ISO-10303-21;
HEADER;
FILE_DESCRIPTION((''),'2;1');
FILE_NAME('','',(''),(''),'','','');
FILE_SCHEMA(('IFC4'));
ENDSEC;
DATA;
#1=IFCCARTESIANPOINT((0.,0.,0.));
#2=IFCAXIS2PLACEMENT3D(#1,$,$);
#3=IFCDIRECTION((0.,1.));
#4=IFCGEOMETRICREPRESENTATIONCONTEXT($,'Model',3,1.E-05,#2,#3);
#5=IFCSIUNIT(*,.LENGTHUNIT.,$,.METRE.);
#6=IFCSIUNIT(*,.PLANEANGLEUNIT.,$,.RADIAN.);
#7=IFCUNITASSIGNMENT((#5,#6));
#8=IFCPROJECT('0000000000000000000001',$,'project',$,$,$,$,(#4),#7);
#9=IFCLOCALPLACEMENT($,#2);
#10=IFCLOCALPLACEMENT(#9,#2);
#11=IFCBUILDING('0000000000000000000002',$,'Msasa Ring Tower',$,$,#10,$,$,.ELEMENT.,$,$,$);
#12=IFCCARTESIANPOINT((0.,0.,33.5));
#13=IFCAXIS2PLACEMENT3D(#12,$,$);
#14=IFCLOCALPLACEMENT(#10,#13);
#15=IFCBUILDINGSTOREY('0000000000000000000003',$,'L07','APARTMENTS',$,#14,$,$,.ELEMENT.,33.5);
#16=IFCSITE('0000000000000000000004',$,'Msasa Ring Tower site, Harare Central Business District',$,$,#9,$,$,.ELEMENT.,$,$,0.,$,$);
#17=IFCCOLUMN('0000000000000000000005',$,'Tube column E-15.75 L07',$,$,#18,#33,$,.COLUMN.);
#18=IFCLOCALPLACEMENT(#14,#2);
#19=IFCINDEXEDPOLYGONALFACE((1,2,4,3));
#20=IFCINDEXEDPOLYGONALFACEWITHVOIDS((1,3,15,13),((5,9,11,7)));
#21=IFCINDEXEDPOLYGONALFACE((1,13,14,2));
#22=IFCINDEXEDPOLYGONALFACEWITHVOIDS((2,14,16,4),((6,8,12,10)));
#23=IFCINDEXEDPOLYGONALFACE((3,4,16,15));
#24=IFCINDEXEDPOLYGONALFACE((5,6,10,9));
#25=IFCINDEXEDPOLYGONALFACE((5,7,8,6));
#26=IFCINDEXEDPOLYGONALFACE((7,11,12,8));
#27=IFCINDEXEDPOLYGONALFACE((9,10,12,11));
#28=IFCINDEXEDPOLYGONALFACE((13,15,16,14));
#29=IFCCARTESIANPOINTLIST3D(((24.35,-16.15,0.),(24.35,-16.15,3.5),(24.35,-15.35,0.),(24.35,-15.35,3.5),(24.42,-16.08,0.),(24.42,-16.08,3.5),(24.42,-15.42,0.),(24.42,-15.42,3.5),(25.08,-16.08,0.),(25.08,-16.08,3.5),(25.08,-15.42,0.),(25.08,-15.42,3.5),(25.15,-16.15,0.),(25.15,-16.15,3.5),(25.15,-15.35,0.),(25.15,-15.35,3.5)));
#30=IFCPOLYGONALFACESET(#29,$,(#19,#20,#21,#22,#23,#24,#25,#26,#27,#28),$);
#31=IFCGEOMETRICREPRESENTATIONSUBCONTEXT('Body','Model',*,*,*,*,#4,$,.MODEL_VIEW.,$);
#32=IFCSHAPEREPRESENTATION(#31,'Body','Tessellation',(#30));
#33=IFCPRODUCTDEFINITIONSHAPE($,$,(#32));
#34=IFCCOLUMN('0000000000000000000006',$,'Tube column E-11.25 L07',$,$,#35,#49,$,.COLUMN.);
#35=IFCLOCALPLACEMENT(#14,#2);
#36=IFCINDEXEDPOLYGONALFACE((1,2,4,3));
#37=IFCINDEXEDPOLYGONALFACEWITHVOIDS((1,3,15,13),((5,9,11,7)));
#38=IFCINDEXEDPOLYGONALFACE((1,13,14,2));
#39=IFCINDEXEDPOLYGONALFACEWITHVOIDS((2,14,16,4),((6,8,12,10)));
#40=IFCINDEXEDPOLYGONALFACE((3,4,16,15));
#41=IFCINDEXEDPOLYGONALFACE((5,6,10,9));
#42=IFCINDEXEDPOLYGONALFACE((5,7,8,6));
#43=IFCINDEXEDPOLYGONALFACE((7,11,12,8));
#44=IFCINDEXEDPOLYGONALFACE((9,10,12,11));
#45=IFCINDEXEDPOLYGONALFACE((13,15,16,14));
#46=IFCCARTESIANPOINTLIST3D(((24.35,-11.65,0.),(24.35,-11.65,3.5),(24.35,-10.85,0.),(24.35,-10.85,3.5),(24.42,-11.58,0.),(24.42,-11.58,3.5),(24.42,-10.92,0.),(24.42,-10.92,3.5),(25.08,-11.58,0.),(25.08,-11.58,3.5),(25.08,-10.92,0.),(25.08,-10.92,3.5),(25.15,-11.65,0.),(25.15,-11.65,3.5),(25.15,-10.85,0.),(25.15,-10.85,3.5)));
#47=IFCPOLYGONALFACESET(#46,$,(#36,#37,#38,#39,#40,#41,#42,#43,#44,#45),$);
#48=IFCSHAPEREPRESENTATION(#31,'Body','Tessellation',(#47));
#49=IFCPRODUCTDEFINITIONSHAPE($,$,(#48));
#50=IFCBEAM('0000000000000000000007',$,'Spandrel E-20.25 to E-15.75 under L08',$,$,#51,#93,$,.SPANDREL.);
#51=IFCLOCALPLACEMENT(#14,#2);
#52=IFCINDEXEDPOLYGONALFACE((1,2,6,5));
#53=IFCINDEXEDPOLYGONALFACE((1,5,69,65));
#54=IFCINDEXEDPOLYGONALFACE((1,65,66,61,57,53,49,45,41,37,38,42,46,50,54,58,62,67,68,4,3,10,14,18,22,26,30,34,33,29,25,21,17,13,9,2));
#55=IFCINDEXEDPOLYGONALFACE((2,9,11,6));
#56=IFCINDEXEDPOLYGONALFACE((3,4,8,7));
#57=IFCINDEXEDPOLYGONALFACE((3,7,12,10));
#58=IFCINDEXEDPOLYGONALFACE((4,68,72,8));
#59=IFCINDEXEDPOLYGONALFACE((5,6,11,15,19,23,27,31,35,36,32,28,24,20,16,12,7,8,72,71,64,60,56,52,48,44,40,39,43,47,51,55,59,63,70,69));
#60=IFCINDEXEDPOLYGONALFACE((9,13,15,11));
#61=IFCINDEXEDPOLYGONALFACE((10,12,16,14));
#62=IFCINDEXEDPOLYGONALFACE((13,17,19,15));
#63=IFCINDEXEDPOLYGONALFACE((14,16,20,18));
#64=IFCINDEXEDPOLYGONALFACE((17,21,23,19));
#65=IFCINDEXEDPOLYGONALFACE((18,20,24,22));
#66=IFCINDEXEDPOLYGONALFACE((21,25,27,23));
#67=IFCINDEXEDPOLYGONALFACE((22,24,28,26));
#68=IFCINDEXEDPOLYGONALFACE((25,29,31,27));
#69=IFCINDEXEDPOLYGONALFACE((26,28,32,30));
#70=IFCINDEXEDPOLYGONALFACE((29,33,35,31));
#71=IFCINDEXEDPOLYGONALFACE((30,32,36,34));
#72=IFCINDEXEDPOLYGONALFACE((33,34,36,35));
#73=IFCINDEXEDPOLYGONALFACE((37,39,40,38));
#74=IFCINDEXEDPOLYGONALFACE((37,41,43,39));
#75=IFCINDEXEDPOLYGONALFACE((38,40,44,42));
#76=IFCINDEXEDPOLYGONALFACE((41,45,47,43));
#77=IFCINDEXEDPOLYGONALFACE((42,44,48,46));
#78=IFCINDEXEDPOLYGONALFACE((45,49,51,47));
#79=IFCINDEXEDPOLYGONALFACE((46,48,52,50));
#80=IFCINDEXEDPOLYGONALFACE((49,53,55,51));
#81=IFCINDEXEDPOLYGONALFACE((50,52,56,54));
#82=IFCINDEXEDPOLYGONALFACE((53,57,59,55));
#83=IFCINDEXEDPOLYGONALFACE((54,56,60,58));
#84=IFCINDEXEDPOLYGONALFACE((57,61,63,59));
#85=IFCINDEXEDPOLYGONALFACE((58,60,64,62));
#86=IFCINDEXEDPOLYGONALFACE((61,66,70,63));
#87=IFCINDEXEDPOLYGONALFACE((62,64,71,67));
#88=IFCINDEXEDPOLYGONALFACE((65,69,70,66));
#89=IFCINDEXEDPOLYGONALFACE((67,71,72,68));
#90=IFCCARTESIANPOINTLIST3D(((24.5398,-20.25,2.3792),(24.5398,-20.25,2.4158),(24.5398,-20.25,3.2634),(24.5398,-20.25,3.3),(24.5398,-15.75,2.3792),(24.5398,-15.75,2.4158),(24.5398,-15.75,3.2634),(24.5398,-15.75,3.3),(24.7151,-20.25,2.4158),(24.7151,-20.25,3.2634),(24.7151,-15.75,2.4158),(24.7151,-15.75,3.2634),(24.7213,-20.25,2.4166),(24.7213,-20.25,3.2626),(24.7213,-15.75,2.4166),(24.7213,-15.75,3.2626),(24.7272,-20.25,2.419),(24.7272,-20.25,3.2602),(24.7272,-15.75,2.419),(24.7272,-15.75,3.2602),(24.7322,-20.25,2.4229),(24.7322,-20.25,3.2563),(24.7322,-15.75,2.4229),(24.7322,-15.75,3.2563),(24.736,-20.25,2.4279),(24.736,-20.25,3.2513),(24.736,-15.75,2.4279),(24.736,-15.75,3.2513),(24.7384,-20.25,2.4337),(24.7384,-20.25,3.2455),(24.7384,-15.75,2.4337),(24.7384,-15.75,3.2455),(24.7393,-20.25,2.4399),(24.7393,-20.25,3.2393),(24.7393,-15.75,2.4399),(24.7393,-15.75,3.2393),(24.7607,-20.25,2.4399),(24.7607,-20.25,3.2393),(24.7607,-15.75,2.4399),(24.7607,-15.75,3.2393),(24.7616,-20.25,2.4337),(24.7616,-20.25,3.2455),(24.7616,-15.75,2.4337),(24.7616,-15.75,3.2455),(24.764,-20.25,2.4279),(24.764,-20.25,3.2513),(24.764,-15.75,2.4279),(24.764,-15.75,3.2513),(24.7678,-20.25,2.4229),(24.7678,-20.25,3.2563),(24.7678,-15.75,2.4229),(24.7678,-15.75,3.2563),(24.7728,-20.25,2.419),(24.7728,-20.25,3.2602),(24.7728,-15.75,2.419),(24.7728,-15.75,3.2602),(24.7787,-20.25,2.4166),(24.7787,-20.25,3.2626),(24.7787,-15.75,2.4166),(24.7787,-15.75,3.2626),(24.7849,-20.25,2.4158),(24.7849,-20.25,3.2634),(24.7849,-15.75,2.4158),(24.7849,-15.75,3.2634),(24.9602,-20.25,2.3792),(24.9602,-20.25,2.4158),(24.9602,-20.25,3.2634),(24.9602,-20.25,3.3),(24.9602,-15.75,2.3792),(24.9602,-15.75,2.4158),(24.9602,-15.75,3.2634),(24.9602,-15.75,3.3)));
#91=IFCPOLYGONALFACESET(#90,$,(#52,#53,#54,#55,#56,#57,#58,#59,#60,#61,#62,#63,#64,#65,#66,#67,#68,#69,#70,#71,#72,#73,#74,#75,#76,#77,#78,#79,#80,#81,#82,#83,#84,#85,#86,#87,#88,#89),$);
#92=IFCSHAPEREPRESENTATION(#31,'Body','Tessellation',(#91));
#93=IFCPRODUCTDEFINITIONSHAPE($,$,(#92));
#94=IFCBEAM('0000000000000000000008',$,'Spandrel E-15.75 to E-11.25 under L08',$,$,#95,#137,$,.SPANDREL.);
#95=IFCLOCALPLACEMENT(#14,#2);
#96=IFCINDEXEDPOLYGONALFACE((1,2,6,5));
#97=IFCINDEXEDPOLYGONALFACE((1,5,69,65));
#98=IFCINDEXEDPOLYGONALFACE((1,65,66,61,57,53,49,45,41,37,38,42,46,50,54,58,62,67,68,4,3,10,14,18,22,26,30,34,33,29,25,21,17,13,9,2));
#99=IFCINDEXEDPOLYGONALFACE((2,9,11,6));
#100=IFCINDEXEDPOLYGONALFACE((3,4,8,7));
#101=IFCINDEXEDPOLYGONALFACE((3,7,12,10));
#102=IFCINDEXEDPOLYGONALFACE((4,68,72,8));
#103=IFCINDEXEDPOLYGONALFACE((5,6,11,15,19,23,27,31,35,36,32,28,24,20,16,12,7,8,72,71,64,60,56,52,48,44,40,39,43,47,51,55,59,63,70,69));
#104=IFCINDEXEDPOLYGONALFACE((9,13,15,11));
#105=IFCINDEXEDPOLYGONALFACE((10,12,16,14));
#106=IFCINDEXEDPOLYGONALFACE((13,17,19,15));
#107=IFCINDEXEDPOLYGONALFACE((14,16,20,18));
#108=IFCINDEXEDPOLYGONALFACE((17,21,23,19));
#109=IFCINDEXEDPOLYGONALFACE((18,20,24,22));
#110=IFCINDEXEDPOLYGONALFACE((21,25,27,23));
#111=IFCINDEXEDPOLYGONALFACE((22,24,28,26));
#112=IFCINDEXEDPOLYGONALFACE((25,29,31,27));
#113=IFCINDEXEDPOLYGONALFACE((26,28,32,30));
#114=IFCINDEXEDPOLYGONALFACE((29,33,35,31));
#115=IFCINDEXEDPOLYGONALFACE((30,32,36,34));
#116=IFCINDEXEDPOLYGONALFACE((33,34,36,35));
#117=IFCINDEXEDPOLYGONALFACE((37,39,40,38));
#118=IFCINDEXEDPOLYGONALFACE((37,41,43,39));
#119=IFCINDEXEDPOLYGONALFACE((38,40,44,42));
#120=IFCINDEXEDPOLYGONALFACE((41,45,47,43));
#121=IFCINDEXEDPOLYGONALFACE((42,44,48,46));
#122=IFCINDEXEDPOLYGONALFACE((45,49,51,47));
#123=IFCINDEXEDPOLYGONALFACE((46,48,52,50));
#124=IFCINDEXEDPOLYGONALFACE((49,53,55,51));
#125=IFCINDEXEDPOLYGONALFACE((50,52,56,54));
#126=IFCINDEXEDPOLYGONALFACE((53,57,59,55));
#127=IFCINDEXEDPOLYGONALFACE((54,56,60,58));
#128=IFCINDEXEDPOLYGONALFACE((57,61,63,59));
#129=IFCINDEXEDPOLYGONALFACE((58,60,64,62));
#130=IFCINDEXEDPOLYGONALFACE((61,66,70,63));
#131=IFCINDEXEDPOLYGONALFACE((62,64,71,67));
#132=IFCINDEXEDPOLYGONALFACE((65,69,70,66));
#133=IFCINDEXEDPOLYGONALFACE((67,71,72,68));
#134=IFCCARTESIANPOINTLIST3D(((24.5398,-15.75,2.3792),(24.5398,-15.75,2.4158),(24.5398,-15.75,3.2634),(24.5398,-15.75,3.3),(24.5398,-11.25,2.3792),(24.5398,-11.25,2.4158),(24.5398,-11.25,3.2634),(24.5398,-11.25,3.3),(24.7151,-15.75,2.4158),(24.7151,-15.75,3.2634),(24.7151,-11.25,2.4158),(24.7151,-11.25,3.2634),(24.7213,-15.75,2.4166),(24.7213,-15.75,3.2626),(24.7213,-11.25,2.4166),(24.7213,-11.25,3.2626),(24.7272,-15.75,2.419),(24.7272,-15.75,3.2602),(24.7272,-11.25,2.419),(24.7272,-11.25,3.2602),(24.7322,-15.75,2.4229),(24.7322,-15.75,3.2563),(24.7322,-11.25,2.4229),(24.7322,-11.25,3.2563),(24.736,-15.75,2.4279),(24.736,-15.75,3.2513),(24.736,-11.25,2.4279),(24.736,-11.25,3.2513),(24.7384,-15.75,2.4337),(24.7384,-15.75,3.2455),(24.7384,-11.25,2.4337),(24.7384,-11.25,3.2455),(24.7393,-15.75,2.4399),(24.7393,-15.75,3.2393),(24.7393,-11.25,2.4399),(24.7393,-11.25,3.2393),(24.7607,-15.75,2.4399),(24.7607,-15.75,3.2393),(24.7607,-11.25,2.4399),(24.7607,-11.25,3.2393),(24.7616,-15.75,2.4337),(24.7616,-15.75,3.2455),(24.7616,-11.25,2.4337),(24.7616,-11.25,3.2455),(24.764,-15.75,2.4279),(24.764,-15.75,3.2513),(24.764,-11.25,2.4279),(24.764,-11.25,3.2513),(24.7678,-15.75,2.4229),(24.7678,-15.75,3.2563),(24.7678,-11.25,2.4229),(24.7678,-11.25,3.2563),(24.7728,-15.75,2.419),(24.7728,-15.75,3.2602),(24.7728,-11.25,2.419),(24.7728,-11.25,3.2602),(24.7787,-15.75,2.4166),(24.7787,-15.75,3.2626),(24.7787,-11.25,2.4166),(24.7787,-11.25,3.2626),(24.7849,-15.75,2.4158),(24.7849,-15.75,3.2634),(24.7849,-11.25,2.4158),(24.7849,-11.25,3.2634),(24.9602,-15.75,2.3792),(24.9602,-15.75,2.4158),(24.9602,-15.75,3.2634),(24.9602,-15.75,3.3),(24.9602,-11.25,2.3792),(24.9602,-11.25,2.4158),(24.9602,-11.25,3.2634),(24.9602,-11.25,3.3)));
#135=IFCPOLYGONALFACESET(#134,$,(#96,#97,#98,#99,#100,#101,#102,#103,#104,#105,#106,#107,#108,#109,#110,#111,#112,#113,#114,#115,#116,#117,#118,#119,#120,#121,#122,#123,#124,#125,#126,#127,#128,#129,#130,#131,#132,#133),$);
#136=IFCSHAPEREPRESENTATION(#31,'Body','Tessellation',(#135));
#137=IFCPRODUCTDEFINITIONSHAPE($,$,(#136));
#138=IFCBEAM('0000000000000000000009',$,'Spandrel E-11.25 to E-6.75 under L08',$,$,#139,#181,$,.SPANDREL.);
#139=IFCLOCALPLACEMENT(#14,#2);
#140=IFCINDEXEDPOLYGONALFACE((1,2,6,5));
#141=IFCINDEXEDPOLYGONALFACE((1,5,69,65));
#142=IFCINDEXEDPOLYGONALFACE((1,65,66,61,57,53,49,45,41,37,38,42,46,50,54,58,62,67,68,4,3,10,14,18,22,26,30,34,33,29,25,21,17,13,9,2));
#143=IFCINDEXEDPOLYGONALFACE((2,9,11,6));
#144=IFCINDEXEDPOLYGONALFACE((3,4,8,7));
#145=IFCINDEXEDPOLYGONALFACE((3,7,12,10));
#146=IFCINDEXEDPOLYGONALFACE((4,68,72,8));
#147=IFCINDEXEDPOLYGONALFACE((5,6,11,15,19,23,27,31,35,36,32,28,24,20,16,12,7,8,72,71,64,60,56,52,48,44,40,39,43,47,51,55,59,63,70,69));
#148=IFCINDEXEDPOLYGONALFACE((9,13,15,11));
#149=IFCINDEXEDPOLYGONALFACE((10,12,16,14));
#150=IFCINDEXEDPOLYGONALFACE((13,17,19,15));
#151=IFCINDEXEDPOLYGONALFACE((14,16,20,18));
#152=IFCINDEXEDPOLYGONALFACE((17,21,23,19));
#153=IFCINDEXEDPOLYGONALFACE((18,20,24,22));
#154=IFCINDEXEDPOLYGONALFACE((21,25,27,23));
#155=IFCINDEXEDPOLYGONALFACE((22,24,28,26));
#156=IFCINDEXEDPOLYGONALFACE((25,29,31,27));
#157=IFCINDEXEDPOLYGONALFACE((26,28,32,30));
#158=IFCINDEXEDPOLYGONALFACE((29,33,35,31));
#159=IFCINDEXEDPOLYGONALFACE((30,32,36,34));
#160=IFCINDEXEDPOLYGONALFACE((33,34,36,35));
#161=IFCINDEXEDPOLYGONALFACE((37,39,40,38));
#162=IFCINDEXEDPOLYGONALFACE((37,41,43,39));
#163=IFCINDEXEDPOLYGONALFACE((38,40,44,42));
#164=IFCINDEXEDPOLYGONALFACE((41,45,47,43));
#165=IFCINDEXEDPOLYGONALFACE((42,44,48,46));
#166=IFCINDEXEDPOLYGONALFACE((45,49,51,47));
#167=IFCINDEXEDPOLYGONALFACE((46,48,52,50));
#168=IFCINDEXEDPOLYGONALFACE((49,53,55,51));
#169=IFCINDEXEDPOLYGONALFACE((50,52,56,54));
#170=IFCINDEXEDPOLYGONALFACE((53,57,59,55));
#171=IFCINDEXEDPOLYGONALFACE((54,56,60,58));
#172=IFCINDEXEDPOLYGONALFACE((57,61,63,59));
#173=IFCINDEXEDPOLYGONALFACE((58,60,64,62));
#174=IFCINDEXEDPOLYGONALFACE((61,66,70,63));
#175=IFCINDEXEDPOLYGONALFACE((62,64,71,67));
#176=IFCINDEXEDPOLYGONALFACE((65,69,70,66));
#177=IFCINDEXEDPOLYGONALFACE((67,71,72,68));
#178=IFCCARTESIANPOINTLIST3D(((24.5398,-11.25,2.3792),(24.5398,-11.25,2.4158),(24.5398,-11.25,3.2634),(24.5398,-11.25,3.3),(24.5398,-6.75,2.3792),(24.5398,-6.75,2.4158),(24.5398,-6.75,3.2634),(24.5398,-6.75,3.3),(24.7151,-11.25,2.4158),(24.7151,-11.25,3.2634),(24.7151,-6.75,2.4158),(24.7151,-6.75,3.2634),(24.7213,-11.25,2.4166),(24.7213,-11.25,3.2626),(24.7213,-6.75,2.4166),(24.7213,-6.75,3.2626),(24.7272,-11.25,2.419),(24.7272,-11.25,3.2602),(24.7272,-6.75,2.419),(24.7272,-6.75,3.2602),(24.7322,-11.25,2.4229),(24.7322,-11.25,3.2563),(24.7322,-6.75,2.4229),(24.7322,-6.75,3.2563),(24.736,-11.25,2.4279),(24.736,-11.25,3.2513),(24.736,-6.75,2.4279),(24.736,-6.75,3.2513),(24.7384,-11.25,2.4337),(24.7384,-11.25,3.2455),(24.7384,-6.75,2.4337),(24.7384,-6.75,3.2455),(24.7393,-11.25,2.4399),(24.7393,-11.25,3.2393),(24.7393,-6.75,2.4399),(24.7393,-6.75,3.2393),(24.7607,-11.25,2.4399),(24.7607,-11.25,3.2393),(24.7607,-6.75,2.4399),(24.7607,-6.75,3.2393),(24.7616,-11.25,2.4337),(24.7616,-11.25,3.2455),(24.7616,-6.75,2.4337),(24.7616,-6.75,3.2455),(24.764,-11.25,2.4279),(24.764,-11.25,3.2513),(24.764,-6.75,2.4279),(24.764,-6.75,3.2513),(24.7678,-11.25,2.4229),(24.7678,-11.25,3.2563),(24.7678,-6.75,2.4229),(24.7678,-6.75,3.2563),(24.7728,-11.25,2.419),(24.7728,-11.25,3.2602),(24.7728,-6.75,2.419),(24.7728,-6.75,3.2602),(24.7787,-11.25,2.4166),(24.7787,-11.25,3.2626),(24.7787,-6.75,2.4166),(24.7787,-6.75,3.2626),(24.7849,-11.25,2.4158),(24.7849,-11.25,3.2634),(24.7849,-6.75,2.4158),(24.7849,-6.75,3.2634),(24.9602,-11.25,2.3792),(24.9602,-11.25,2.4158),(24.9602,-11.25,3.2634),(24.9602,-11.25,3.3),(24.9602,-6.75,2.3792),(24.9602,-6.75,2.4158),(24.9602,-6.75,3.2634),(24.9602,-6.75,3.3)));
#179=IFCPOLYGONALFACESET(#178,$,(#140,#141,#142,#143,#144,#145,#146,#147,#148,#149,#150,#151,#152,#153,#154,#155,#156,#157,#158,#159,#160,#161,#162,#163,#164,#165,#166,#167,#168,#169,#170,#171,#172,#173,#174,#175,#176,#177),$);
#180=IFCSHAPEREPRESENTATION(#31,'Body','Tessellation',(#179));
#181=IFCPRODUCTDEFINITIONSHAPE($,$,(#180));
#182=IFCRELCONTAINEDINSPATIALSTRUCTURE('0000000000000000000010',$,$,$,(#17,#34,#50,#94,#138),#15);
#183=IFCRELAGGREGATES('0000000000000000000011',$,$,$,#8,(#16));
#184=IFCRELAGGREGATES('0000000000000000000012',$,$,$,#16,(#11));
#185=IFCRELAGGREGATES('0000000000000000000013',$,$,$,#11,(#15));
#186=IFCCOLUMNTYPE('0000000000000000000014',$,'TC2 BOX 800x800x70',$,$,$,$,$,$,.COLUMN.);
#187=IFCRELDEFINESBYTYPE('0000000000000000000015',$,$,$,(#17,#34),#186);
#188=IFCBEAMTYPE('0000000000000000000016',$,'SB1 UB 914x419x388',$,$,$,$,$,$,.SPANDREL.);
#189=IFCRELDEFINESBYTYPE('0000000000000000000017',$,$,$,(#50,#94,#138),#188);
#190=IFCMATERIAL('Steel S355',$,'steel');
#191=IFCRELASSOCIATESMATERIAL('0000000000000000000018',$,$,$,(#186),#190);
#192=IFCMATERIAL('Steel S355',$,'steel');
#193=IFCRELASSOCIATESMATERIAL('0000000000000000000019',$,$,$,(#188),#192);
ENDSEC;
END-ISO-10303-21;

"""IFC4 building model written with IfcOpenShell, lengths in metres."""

from ifc_helpers import new_model, si_unit, direction, frame, origin, origin_2d, place, context, subcontext, project, spatial, hollow_rectangle, i_section, extrude, material, material_profile, profile_set, type_object, element, save


model = new_model("IFC4")

# Units and contexts
model_context = context("Model", 3, precision=1e-05, world=origin(), true_north=direction((0.0, 1.0)))
body_context = subcontext(model_context, "Body", "Model", "MODEL_VIEW")
ifc_project = project(units=[si_unit("LENGTHUNIT", "METRE"), si_unit("PLANEANGLEUNIT", "RADIAN")], contexts=[model_context])

# Site, building, storey
site_placement = place(None, origin())
site = spatial("IfcSite", under=ifc_project, at=site_placement, Name="Msasa Ring Tower site, Harare Central Business District", CompositionType="ELEMENT", RefElevation=0.0)
building_placement = place(site_placement, origin())
building = spatial("IfcBuilding", under=site, at=building_placement, Name="Msasa Ring Tower", CompositionType="ELEMENT")
storey_placement = place(building_placement, frame((0.0, 0.0, 33.5)))
storey = spatial("IfcBuildingStorey", under=building, at=storey_placement, Name="L07", Description="APARTMENTS", CompositionType="ELEMENT", Elevation=33.5)

# Columns
ifc_material_1 = material(Name="Steel S355", Category="steel")
ifc_material_profile_1 = material_profile(ifc_material_1, hollow_rectangle(XDim=0.8, YDim=0.8, WallThickness=0.0701, at=origin_2d()), Name="BOX 800x800x70")
ifc_profile_set_1 = profile_set([ifc_material_profile_1], Name="Steel S355")
column_type = type_object("IfcColumnType", Name="TC2 BOX 800x800x70", PredefinedType="COLUMN", material=ifc_profile_set_1)
for number, where, z_axis, x_axis, name in (
    (1, (24.75, -15.75, 0.0), (0.0, 0.0, 1.0), (1.0, 0.0, 0.0), "Tube column E-15.75 L07"),
    (2, (24.75, -11.25, 0.0), (0.0, 0.0, 1.0), (1.0, 0.0, 0.0), "Tube column E-11.25 L07"),
):
    element("IfcColumn", number, at=place(storey_placement, frame(where, z_axis=z_axis, x_axis=x_axis)), inside=storey, type_object=column_type, Name=name, PredefinedType="COLUMN", context=body_context, shape_type="SweptSolid", body=[
        extrude(hollow_rectangle(XDim=0.8, YDim=0.8, WallThickness=0.0701, at=origin_2d()), origin(), (0.0, 0.0, 1.0), 3.5),
    ])

# Beams
ifc_material_2 = material(Name="Steel S355", Category="steel")
ifc_material_profile_2 = material_profile(ifc_material_2, i_section(OverallWidth=0.4204, OverallDepth=0.9209, WebThickness=0.0215, FlangeThickness=0.0366, FilletRadius=0.0242, at=origin_2d()), Name="UB 914x419x388")
ifc_profile_set_2 = profile_set([ifc_material_profile_2], Name="Steel S355")
beam_type = type_object("IfcBeamType", Name="SB1 UB 914x419x388", PredefinedType="SPANDREL", material=ifc_profile_set_2)
for number, where, z_axis, x_axis, name in (
    (3, (24.75, -20.25, 2.8396), (0.0, 1.0, 0.0), (-1.0, 0.0, 0.0), "Spandrel E-20.25 to E-15.75 under L08"),
    (4, (24.75, -15.75, 2.8396), (0.0, 1.0, 0.0), (-1.0, 0.0, 0.0), "Spandrel E-15.75 to E-11.25 under L08"),
    (5, (24.75, -11.25, 2.8396), (0.0, 1.0, 0.0), (-1.0, 0.0, 0.0), "Spandrel E-11.25 to E-6.75 under L08"),
):
    element("IfcBeam", number, at=place(storey_placement, frame(where, z_axis=z_axis, x_axis=x_axis)), inside=storey, type_object=beam_type, Name=name, PredefinedType="SPANDREL", context=body_context, shape_type="SweptSolid", body=[
        extrude(i_section(OverallWidth=0.4204, OverallDepth=0.9209, WebThickness=0.0215, FlangeThickness=0.0366, FilletRadius=0.0242, at=origin_2d()), origin(), (0.0, 0.0, 1.0), 4.5),
    ])

save(model, "model.ifc")
